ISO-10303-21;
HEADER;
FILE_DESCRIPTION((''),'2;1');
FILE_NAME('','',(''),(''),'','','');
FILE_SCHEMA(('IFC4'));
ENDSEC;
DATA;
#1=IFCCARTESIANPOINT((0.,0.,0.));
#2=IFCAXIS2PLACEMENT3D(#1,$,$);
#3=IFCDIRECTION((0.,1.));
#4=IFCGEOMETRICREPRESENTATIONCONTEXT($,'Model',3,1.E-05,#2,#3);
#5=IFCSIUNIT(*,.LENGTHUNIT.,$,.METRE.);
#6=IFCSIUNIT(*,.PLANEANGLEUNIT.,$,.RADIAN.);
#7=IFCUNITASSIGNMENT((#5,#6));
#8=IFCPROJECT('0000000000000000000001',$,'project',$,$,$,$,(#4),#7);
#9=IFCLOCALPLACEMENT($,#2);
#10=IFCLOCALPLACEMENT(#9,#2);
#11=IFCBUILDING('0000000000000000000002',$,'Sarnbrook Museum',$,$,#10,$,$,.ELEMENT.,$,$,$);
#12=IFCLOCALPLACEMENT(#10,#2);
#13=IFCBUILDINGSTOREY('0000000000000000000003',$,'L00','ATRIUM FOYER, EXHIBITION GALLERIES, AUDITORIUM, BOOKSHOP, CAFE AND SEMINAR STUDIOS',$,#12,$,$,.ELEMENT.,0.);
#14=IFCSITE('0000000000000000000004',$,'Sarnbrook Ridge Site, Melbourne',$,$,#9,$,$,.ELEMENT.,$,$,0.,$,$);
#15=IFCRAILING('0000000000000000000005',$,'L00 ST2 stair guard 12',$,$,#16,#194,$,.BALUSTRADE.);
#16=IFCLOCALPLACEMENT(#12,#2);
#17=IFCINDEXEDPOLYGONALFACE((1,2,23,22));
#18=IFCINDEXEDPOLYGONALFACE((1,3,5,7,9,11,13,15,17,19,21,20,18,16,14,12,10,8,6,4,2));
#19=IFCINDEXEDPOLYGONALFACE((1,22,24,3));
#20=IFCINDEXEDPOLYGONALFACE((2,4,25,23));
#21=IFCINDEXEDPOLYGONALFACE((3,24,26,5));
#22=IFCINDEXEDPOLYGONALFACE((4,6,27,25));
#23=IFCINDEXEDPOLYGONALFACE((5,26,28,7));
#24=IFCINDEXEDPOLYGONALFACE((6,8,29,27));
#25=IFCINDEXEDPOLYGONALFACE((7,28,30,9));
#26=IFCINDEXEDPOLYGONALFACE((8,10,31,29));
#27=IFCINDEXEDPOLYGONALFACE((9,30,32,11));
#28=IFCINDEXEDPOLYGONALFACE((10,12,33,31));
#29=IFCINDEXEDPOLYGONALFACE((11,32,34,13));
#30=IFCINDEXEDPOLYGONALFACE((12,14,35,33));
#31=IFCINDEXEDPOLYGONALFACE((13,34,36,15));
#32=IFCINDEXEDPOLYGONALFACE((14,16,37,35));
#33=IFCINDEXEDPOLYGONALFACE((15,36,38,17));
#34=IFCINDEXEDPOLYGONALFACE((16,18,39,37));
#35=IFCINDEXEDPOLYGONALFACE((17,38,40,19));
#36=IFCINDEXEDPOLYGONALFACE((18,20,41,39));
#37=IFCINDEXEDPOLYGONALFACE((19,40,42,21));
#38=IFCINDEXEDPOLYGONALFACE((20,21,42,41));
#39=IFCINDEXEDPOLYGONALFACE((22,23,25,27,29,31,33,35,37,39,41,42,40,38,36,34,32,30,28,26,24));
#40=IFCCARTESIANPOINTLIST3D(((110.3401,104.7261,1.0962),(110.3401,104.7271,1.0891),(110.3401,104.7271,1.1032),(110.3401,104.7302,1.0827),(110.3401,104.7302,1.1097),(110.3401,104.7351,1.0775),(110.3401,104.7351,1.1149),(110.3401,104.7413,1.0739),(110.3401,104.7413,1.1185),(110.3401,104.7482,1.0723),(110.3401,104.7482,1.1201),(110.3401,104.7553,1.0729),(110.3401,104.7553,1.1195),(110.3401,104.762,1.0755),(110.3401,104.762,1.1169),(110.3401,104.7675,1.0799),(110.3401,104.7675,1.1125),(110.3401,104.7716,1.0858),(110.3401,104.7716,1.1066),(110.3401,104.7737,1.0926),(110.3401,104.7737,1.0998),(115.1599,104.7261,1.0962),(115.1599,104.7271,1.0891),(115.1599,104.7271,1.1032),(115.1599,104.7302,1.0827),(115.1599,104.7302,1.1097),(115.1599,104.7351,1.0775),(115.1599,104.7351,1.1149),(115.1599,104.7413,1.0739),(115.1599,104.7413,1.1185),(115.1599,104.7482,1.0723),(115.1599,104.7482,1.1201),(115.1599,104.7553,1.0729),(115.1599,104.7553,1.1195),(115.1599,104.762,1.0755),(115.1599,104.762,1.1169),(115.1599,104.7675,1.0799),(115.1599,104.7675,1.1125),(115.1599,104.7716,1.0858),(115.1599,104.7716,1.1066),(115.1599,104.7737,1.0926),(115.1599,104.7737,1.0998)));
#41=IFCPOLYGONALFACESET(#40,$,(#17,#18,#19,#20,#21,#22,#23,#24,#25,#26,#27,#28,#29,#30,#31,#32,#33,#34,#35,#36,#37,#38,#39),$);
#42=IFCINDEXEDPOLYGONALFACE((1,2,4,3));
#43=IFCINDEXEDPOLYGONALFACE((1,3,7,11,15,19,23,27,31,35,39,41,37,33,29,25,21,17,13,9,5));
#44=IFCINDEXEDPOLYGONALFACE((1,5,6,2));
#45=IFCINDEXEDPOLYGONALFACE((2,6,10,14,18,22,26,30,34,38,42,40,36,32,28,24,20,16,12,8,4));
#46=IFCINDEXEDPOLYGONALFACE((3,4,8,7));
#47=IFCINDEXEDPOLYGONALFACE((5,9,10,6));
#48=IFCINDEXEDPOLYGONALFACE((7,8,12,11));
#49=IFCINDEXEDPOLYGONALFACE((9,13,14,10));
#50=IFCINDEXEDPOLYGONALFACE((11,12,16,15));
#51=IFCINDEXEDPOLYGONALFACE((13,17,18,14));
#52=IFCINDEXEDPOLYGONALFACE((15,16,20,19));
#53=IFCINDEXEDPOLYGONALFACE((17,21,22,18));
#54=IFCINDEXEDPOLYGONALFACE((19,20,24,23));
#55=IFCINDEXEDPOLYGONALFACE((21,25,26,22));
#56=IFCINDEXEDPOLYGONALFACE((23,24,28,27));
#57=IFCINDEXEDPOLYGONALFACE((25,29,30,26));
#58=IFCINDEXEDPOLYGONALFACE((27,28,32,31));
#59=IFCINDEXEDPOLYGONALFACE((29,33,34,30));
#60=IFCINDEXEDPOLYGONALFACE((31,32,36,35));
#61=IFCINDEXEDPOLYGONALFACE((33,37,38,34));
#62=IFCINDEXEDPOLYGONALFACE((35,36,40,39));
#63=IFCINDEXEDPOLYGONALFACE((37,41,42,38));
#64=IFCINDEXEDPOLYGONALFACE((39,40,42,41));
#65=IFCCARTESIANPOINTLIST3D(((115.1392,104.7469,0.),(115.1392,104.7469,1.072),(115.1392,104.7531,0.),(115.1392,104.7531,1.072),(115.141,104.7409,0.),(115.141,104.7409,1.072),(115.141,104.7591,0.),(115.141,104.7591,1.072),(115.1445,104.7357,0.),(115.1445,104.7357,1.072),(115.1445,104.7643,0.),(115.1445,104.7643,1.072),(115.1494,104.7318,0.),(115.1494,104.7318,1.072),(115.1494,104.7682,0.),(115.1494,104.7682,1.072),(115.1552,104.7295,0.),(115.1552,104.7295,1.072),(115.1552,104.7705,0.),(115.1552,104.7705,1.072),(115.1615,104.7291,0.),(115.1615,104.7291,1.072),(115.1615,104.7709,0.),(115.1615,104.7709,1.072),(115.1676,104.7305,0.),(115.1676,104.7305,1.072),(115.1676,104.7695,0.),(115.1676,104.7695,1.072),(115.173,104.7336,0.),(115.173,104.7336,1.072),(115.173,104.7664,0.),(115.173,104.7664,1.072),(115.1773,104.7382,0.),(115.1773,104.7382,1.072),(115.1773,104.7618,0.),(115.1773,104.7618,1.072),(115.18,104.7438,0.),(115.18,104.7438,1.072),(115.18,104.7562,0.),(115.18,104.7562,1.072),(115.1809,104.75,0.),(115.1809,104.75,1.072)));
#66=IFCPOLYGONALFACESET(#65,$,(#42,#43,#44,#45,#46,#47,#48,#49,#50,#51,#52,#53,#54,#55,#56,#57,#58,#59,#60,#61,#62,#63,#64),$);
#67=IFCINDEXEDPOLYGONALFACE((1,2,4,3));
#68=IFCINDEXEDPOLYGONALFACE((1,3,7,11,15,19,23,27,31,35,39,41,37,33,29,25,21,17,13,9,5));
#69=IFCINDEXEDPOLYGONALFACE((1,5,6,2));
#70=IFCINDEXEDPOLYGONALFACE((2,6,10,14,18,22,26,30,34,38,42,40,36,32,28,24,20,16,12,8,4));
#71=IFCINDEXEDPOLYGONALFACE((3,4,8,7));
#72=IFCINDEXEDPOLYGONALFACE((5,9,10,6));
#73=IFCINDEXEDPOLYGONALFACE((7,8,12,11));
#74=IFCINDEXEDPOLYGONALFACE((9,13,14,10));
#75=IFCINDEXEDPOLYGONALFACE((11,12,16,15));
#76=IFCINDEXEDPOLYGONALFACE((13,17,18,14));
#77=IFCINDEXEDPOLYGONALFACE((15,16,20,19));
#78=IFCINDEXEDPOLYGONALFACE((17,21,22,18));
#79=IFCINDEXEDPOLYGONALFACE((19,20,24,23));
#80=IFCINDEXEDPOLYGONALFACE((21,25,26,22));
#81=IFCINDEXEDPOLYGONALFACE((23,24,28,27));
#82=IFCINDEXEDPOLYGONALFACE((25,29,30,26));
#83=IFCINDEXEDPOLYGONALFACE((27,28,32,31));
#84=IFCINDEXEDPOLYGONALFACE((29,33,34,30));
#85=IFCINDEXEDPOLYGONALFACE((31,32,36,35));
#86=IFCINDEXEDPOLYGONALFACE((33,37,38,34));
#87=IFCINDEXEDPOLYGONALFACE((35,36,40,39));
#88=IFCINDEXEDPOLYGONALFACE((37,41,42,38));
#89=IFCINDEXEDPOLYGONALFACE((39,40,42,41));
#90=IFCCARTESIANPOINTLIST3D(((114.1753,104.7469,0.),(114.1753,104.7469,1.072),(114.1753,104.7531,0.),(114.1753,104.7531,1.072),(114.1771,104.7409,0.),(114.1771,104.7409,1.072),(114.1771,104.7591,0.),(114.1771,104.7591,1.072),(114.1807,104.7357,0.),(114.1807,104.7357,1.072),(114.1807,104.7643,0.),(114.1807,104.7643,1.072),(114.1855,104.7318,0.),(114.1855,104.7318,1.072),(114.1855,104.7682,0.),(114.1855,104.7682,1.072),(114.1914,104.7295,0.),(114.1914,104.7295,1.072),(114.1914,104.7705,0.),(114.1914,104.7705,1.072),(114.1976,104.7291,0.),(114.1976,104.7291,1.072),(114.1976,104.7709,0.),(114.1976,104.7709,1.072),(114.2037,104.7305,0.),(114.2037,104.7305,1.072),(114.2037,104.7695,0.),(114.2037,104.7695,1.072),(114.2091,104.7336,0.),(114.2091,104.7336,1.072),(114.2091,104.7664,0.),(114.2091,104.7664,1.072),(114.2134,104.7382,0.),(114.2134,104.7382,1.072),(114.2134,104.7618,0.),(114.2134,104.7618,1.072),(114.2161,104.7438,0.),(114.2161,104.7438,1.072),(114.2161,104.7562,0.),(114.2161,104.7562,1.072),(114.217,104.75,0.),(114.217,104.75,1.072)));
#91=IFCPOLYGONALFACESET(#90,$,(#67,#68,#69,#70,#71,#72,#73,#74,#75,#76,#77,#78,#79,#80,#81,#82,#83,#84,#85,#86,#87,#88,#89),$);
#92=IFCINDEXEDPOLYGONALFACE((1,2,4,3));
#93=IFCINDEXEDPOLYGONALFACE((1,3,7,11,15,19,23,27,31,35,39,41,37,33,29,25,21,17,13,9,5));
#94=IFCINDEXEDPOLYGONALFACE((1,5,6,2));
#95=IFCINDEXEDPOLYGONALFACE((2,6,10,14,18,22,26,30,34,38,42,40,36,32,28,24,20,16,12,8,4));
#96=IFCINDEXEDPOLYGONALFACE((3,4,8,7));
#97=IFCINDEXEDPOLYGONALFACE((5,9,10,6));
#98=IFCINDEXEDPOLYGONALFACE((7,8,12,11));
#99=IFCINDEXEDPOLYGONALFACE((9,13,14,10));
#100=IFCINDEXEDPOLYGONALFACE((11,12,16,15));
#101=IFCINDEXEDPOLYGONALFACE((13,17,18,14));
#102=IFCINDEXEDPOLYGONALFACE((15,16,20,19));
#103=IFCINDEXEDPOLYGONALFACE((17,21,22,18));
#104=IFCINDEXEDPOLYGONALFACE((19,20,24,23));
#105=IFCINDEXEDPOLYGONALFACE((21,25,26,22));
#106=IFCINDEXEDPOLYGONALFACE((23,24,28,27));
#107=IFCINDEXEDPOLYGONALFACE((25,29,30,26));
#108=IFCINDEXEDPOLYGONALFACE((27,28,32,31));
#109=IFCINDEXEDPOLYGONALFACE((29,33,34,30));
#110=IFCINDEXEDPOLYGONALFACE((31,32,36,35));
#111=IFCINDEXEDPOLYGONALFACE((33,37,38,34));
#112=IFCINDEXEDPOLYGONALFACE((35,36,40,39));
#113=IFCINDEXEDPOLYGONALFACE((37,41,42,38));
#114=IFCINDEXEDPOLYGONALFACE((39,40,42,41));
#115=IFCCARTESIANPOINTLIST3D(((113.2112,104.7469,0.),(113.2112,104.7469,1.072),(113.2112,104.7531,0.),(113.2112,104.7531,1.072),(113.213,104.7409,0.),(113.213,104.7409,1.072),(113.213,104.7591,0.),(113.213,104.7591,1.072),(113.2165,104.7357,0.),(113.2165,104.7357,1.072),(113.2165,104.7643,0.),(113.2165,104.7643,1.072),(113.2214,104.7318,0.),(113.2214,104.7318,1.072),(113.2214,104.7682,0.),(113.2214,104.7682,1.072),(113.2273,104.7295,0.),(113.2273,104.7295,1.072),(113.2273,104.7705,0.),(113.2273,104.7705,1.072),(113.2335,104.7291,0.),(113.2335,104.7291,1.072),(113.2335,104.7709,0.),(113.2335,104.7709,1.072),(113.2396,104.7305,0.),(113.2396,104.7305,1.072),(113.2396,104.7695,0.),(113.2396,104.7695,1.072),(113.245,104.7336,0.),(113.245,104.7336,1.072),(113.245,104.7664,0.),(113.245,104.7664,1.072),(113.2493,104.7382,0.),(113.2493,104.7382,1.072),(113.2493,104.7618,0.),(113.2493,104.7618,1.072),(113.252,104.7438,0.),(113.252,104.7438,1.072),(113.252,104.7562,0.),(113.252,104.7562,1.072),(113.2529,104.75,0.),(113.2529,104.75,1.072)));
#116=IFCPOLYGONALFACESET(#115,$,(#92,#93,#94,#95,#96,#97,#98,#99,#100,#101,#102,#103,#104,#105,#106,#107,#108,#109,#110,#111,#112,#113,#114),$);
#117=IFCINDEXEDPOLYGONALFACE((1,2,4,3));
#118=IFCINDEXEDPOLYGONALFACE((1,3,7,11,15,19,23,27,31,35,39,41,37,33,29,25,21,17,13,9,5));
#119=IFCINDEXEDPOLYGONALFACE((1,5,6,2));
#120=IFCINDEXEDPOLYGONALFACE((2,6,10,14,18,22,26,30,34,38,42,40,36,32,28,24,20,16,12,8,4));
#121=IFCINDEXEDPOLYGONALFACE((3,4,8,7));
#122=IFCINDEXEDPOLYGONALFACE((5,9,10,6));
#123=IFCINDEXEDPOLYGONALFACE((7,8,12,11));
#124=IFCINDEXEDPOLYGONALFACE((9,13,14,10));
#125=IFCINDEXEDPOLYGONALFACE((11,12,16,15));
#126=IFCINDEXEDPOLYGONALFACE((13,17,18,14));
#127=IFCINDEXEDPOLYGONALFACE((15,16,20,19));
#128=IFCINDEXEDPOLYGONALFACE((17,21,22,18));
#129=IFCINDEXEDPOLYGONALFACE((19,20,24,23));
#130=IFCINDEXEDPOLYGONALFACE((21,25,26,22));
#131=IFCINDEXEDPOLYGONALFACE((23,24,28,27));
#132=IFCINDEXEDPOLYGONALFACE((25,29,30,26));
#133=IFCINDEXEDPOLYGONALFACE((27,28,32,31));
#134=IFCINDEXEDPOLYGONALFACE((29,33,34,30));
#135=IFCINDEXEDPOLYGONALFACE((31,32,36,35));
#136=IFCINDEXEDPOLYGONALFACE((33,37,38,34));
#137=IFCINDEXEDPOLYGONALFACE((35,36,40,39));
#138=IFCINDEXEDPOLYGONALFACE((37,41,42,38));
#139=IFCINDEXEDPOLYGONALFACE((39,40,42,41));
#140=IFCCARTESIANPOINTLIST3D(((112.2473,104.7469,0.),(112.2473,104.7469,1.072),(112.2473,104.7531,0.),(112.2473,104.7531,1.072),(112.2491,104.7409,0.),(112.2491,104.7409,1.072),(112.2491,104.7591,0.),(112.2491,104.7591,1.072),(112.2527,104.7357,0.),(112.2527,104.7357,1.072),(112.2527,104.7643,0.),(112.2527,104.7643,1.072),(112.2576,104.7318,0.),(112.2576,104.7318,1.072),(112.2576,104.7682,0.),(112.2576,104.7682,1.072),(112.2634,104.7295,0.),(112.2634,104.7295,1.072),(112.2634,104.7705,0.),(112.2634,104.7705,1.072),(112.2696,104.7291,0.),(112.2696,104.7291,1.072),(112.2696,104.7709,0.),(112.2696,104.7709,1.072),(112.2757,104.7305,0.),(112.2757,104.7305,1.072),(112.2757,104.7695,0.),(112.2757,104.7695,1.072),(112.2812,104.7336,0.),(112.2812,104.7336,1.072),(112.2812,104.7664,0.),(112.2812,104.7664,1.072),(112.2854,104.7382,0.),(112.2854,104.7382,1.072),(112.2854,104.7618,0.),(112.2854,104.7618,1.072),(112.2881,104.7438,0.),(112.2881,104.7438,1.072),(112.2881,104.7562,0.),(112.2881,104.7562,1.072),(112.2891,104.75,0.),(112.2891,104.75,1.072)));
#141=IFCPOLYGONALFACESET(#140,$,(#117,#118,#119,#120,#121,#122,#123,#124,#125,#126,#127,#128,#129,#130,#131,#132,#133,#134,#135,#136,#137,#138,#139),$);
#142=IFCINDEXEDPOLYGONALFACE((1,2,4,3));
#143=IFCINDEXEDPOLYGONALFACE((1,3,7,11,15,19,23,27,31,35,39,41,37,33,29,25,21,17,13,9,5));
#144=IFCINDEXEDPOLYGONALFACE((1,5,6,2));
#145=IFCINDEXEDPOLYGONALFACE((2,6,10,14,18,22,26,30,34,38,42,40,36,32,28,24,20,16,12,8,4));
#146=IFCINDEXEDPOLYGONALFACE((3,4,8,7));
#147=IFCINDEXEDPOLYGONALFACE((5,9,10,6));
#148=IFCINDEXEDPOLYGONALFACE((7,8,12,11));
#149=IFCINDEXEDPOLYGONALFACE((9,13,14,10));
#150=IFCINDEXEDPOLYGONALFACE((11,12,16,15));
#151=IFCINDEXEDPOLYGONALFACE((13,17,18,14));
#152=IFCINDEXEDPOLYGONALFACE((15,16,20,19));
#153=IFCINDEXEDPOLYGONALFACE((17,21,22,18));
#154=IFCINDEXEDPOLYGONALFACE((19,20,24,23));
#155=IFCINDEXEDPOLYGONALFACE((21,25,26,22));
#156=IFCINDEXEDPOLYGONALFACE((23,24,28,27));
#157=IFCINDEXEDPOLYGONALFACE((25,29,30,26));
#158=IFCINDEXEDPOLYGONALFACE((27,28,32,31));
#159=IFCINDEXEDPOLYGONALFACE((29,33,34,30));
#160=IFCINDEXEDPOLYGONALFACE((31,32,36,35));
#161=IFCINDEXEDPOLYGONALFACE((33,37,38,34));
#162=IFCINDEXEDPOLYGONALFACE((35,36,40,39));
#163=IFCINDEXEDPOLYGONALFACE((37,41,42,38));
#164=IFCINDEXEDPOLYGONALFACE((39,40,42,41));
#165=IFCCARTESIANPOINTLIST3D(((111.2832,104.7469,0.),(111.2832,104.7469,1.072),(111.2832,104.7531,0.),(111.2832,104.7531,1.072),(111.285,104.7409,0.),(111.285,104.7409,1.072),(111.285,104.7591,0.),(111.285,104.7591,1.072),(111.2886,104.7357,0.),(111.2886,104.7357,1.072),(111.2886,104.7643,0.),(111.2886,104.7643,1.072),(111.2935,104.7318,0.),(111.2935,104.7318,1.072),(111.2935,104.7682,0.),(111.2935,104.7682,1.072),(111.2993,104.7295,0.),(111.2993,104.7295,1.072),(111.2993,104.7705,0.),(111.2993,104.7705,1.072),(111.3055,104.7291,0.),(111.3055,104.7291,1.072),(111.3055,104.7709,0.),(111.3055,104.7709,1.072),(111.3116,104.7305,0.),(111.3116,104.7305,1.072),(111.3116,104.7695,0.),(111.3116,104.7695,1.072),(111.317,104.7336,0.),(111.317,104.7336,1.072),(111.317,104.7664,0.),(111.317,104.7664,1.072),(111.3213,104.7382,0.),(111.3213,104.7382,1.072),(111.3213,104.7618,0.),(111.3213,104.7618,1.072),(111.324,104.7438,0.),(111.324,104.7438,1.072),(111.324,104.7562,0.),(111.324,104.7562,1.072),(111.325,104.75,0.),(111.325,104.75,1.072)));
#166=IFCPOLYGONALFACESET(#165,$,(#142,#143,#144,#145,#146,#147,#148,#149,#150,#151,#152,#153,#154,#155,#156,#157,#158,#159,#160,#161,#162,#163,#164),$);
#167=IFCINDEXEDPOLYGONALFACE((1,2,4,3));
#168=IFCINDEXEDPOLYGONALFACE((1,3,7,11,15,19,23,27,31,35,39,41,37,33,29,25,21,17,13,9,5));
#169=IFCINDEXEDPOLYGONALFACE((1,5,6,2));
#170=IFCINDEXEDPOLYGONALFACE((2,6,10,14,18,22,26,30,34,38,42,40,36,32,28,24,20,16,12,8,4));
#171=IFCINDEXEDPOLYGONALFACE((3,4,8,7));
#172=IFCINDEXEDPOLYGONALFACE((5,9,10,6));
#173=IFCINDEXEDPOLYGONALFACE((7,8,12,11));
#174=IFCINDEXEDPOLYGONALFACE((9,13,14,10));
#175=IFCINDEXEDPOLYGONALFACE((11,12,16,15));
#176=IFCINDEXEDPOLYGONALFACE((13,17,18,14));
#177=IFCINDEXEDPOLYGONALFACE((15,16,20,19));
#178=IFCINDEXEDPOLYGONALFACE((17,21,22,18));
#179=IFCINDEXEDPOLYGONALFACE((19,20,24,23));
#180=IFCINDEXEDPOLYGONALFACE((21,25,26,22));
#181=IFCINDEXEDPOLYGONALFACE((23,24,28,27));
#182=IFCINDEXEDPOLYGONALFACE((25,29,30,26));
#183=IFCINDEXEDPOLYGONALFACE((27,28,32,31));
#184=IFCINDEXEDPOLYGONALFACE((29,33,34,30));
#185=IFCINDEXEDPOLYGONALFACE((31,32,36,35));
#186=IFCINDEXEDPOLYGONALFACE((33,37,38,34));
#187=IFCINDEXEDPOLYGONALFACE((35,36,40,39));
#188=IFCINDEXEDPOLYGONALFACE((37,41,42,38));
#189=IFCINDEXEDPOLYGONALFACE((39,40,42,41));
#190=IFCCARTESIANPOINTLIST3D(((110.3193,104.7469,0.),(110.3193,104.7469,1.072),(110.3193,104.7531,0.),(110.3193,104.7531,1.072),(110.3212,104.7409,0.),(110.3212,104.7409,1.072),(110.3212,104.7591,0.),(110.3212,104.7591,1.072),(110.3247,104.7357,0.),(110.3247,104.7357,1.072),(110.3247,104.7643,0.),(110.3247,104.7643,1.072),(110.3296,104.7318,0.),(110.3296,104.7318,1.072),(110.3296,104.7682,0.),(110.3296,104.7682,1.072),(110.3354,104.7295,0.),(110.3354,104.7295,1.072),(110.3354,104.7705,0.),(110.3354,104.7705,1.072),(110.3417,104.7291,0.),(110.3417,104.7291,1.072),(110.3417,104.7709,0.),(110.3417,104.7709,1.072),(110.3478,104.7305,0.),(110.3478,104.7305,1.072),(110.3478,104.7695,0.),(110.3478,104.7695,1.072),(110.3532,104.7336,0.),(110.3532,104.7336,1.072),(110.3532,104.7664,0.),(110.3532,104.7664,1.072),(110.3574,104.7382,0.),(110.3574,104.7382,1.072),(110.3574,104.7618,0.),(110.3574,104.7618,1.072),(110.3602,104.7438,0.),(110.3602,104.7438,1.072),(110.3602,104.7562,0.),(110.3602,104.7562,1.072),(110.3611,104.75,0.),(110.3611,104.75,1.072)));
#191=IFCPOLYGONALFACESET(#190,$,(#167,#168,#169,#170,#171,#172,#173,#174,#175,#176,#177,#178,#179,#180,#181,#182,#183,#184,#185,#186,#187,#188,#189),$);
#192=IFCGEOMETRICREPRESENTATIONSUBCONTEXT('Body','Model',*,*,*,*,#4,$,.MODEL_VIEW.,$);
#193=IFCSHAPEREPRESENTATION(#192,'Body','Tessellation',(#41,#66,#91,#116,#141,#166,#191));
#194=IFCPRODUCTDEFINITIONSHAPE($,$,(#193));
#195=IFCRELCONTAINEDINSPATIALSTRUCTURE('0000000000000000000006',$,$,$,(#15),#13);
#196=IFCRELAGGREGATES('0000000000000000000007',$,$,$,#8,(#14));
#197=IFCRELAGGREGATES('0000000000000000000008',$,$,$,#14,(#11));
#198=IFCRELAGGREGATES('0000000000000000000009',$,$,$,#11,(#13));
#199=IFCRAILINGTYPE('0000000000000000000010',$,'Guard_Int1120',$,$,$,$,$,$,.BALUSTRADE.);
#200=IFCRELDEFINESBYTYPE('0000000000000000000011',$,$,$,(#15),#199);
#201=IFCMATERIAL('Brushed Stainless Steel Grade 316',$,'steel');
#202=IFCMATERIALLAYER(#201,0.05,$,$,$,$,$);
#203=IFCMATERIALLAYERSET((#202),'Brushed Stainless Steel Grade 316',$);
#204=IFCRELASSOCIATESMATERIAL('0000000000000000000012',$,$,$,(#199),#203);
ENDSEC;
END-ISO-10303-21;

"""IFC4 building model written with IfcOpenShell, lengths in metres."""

from ifc_helpers import new_model, si_unit, direction, frame, origin, origin_2d, place, context, subcontext, project, spatial, circle, extrude, material, layer, layer_set, type_object, element, save


model = new_model("IFC4")

# Units and contexts
model_context = context("Model", 3, precision=1e-05, world=origin(), true_north=direction((0.0, 1.0)))
body_context = subcontext(model_context, "Body", "Model", "MODEL_VIEW")
ifc_project = project(units=[si_unit("LENGTHUNIT", "METRE"), si_unit("PLANEANGLEUNIT", "RADIAN")], contexts=[model_context])

# Site, building, storey
site_placement = place(None, origin())
site = spatial("IfcSite", under=ifc_project, at=site_placement, Name="Sarnbrook Ridge Site, Melbourne", CompositionType="ELEMENT", RefElevation=0.0)
building_placement = place(site_placement, origin())
building = spatial("IfcBuilding", under=site, at=building_placement, Name="Sarnbrook Museum", CompositionType="ELEMENT")
storey_placement = place(building_placement, origin())
storey = spatial("IfcBuildingStorey", under=building, at=storey_placement, Name="L00", Description="ATRIUM FOYER, EXHIBITION GALLERIES, AUDITORIUM, BOOKSHOP, CAFE AND SEMINAR STUDIOS", CompositionType="ELEMENT", Elevation=0.0)

# Shared definitions
ifc_material_1 = material(Name="Brushed Stainless Steel Grade 316", Category="steel")

# Railing
ifc_layer_1 = layer(ifc_material_1, 0.05)
ifc_layer_set_1 = layer_set([ifc_layer_1], Name="Brushed Stainless Steel Grade 316")
railing_type_1 = type_object("IfcRailingType", Name="Guard_Int1120", PredefinedType="BALUSTRADE", material=ifc_layer_set_1)
railing_1_placement = place(storey_placement, frame((115.1599, 104.75, 0.0)))
element("IfcRailing", 1, at=railing_1_placement, inside=storey, type_object=railing_type_1, Name="L00 ST2 stair guard 12", PredefinedType="BALUSTRADE", context=body_context, shape_type="SweptSolid", body=[
    extrude(circle(Radius=0.0239, at=origin_2d()), frame((0.0, 0.0, 1.0962), z_axis=(-1.0, 0.0, 0.0), x_axis=(0.0, -1.0, 0.0)), (0.0, 0.0, 1.0), 4.8198),
    extrude(circle(Radius=0.021, at=origin_2d()), origin(), (0.0, 0.0, 1.0), 1.072),
    extrude(circle(Radius=0.021, at=origin_2d()), frame((-0.9639, 0.0, 0.0)), (0.0, 0.0, 1.0), 1.072),
    extrude(circle(Radius=0.021, at=origin_2d()), frame((-1.928, 0.0, 0.0)), (0.0, 0.0, 1.0), 1.072),
    extrude(circle(Radius=0.021, at=origin_2d()), frame((-2.8918, 0.0, 0.0)), (0.0, 0.0, 1.0), 1.072),
    extrude(circle(Radius=0.021, at=origin_2d()), frame((-3.856, 0.0, 0.0)), (0.0, 0.0, 1.0), 1.072),
    extrude(circle(Radius=0.021, at=origin_2d()), frame((-4.8198, 0.0, 0.0)), (0.0, 0.0, 1.0), 1.072),
])

save(model, "model.ifc")
